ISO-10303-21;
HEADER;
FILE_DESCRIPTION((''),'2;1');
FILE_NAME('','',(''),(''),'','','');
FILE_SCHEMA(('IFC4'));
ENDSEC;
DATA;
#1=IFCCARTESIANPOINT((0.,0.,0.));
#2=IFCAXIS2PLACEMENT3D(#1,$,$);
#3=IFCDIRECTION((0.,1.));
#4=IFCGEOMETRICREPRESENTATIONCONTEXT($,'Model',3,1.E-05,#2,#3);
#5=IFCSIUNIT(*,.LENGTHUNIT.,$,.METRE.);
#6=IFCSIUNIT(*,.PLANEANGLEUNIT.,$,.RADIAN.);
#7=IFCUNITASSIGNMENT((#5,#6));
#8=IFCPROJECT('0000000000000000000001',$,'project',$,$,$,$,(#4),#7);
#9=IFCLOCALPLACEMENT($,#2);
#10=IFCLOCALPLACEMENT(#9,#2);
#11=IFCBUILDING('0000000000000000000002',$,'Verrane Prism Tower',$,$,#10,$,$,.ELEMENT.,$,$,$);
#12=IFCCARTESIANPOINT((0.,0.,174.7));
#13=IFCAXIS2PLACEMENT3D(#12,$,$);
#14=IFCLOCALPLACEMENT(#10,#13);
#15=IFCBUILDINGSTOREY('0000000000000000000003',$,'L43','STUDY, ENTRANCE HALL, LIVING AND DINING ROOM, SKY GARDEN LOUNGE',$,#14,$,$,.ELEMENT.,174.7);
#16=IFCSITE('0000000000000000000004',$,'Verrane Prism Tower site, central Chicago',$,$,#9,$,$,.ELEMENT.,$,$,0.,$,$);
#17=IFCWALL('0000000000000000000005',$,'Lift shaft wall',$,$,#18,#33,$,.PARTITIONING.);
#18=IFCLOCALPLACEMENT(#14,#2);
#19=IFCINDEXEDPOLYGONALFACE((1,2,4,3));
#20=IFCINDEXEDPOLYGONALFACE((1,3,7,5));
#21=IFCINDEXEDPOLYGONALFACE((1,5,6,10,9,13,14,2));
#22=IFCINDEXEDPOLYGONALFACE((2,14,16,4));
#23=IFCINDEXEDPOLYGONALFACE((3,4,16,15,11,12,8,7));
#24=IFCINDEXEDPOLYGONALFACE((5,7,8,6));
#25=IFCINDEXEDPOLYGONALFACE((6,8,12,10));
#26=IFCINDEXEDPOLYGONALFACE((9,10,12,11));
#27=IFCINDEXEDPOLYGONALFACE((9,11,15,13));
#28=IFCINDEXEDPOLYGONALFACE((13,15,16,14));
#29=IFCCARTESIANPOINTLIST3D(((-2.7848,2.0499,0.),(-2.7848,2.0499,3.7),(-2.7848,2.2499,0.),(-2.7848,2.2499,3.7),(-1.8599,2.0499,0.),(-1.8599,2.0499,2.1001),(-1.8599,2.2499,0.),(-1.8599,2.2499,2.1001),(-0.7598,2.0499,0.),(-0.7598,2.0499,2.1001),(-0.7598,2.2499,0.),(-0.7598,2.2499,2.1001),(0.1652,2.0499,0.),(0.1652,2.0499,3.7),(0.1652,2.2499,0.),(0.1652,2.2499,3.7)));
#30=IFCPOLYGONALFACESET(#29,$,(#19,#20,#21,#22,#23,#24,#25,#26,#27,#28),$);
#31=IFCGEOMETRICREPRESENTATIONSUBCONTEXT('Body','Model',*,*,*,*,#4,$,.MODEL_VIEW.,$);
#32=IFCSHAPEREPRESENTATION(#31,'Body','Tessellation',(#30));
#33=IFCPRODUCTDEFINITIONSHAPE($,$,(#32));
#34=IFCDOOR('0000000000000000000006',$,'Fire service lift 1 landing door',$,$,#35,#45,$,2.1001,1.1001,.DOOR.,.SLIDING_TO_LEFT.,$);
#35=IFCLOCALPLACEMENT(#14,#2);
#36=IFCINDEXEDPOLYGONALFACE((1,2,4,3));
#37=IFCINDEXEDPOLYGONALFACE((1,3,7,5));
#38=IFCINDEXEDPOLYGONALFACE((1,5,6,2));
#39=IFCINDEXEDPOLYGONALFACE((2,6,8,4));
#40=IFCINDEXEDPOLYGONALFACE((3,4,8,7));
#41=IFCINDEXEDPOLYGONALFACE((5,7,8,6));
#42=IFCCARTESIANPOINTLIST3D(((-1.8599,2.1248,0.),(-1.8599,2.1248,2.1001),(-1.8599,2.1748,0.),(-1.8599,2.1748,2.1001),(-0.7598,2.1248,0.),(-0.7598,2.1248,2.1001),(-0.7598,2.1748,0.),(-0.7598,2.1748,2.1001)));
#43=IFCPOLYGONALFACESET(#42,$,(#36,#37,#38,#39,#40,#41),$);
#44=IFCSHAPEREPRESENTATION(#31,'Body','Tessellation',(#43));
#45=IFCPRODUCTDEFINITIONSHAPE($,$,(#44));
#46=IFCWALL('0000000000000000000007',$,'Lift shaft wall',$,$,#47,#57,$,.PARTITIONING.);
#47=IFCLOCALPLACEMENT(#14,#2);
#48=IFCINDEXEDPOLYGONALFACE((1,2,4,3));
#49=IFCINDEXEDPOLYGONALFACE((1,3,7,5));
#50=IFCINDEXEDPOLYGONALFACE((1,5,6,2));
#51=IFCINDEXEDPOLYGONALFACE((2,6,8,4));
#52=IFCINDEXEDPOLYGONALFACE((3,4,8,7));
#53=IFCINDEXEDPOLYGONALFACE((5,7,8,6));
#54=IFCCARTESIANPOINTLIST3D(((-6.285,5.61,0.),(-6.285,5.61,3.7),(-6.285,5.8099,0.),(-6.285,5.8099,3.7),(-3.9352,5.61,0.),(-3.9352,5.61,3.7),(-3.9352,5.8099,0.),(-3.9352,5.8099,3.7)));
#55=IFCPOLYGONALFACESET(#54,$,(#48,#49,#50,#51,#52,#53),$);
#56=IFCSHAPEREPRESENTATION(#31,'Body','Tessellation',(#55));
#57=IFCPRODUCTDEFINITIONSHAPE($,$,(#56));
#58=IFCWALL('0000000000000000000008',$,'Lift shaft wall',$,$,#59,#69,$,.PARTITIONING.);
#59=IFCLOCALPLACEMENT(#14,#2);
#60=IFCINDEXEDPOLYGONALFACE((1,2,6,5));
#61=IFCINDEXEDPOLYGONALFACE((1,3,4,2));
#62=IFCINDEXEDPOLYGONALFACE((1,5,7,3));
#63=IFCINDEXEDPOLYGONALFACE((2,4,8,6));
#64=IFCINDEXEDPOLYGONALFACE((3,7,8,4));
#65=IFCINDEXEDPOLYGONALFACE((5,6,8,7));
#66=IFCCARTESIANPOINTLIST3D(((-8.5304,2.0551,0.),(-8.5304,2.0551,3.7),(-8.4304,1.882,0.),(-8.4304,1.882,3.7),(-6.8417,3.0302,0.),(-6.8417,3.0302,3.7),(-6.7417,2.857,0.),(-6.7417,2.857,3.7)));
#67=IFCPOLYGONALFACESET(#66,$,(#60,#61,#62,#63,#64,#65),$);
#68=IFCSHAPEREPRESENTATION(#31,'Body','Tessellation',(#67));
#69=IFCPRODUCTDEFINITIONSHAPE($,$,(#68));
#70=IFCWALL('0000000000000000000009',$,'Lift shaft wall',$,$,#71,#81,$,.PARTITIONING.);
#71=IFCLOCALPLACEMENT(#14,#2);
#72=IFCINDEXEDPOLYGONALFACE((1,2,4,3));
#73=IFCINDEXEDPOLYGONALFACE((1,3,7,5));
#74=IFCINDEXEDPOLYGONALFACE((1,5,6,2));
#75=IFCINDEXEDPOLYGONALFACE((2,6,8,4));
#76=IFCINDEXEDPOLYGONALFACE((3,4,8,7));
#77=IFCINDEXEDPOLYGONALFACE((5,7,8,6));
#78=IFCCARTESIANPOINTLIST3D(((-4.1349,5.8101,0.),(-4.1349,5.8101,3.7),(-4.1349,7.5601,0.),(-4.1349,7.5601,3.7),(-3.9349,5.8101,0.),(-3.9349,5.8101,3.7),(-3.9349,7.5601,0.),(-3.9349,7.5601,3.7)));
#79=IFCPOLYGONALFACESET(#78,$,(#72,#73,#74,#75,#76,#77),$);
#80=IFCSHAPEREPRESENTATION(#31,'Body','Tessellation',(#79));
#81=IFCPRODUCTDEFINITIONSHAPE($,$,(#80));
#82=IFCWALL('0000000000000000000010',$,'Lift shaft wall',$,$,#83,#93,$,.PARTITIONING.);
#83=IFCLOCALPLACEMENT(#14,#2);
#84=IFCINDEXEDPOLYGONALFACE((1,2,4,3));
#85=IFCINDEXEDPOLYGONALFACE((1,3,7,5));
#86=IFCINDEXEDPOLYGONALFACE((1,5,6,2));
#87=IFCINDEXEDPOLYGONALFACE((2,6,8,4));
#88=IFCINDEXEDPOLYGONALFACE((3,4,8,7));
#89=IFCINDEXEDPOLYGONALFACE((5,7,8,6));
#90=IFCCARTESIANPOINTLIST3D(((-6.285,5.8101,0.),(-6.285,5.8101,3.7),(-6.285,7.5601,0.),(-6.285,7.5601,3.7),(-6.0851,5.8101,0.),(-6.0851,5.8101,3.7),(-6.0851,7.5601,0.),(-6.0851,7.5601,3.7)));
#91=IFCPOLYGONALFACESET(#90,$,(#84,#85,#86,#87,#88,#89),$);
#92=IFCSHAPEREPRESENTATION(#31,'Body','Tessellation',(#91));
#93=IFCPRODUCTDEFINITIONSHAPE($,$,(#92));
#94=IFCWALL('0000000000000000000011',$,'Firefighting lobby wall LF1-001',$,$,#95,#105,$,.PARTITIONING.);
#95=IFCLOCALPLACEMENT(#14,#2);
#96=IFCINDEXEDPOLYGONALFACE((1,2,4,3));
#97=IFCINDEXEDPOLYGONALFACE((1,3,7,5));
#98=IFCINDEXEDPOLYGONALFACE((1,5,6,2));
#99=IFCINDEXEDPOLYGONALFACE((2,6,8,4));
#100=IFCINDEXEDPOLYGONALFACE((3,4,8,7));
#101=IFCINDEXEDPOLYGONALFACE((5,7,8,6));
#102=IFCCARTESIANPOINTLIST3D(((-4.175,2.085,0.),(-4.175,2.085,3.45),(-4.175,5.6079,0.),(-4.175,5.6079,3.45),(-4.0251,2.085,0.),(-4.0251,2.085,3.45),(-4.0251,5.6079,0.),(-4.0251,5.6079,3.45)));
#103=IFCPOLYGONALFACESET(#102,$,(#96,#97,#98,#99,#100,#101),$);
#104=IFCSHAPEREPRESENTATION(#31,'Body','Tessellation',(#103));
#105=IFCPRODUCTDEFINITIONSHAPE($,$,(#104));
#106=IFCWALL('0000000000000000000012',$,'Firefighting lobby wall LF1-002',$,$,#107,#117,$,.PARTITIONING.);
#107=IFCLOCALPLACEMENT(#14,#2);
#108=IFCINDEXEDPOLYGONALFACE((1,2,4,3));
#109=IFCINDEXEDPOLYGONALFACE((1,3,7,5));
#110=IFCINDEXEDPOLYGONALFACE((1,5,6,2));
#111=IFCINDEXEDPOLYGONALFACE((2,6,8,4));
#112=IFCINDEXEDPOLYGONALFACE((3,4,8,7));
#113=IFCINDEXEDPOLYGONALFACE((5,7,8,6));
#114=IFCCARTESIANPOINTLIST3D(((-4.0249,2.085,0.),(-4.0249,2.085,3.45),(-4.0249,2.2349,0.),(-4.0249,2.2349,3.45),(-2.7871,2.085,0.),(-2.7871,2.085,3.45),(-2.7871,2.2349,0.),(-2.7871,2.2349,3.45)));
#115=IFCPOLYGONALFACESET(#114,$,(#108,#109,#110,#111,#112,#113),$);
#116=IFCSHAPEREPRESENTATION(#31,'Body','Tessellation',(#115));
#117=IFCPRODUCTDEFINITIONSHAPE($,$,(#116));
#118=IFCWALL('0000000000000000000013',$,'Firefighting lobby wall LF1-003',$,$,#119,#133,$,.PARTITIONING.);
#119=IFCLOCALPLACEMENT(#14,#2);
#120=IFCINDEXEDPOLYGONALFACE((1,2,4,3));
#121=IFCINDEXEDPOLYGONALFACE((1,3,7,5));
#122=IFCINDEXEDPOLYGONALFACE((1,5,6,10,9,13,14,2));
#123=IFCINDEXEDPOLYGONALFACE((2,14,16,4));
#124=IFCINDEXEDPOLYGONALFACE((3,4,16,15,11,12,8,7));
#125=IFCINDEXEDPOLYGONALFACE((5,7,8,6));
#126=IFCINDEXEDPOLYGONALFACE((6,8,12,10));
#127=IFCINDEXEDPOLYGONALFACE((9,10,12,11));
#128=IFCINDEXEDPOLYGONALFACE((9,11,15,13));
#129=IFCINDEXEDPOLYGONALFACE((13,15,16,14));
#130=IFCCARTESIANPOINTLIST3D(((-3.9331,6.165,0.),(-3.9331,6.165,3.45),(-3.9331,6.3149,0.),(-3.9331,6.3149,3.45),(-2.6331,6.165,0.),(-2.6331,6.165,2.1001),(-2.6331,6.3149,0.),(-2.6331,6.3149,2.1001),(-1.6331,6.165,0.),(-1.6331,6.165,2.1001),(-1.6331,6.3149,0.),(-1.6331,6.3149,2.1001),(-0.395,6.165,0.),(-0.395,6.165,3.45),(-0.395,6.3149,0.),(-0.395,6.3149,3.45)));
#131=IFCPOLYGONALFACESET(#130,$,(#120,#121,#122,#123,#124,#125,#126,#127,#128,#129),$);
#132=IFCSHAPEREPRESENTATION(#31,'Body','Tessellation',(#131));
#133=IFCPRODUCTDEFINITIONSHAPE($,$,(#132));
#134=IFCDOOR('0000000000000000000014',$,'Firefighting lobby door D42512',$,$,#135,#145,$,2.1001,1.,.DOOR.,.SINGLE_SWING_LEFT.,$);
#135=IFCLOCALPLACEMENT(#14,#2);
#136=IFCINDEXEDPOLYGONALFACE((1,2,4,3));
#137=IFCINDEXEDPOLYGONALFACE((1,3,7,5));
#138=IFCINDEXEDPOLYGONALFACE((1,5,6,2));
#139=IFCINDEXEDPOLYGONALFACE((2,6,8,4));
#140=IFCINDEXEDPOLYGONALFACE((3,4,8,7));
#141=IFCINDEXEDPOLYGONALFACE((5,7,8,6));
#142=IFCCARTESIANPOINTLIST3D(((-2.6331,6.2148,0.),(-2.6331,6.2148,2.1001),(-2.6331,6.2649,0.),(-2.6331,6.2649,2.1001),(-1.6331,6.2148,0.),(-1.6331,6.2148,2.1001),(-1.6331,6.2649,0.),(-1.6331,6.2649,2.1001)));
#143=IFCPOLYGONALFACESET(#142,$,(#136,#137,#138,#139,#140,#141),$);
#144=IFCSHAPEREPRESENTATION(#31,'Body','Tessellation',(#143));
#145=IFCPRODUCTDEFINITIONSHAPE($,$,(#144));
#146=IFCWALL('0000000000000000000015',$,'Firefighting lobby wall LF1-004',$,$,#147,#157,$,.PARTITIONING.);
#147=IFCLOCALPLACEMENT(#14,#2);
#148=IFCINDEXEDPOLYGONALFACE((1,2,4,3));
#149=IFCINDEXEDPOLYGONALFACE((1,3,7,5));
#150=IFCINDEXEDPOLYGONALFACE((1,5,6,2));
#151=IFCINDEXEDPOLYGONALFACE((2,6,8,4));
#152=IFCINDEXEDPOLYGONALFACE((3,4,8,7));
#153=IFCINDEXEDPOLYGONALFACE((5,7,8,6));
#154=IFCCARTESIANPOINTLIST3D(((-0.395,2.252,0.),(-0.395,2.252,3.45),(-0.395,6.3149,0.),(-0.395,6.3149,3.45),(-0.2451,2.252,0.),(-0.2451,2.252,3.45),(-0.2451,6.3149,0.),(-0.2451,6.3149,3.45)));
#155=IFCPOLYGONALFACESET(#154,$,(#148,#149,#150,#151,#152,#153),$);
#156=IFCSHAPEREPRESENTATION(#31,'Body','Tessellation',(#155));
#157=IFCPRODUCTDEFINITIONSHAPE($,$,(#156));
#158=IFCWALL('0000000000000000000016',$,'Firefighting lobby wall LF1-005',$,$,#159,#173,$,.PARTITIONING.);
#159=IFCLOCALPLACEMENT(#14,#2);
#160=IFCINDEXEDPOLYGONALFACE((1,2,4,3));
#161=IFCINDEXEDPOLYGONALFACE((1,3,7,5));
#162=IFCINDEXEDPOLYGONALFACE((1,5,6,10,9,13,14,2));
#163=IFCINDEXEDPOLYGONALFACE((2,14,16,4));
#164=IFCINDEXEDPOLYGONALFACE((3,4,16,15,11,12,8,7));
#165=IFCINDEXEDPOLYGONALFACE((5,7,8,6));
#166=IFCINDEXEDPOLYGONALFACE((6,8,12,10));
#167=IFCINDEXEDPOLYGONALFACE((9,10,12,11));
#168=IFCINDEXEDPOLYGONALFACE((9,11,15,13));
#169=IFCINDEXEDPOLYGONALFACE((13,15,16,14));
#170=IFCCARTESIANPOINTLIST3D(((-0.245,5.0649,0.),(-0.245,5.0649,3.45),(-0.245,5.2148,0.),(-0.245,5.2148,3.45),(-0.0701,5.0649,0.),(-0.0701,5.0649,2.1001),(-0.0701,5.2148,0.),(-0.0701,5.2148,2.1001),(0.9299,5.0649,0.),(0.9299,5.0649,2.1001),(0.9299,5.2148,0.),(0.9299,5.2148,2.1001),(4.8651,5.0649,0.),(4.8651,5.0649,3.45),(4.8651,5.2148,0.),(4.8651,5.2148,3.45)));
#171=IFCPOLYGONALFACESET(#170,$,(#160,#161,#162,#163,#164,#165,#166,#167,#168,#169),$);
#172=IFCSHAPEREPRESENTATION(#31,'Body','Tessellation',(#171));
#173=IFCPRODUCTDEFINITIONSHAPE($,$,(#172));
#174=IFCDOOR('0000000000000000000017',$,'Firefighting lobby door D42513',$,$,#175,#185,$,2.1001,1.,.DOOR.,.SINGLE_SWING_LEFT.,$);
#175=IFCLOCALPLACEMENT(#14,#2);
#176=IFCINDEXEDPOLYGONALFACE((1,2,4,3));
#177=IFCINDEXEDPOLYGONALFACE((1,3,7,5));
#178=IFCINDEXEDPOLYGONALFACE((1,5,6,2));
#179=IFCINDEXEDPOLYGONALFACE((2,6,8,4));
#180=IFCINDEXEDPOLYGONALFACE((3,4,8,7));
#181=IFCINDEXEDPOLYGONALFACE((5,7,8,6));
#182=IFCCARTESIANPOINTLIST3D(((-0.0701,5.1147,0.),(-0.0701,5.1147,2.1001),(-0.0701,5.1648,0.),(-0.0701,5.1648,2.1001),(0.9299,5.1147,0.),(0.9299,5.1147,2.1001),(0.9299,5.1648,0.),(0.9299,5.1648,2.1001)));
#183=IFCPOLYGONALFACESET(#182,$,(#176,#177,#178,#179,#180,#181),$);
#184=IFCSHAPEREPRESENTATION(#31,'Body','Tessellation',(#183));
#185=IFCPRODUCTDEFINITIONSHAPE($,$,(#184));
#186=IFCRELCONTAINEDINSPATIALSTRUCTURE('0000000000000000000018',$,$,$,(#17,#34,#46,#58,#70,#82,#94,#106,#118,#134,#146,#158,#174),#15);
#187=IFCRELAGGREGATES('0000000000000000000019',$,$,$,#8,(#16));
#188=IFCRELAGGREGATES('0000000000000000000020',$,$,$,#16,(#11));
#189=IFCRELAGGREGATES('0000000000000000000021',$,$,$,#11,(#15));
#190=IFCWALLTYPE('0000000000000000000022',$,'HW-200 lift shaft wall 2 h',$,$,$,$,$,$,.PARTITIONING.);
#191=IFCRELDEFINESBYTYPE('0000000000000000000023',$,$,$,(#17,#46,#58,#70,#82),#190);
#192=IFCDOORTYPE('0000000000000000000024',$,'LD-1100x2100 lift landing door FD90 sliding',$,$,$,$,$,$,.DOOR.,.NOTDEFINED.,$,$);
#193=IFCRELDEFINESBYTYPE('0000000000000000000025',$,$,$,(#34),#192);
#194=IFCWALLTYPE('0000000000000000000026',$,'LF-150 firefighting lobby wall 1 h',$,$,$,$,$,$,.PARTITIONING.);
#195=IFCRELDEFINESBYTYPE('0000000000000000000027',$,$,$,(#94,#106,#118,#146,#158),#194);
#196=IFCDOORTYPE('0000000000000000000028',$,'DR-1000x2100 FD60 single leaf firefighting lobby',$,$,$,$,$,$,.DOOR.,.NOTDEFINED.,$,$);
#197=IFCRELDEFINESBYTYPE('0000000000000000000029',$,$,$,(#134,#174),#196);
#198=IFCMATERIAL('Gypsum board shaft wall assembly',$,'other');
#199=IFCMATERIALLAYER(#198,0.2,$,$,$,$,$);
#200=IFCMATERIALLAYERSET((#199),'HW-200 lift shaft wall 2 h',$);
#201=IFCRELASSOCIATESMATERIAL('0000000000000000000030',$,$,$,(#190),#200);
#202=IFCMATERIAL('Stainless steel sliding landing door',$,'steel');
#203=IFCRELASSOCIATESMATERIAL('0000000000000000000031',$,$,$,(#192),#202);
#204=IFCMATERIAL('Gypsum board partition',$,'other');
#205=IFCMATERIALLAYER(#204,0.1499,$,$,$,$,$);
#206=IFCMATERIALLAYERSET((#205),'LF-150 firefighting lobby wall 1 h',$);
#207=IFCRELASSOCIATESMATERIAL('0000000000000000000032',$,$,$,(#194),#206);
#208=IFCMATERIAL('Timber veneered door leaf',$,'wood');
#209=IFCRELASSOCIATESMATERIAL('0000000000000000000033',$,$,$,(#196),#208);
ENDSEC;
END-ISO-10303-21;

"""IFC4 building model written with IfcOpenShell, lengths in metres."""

from ifc_helpers import new_model, si_unit, direction, frame, frame_2d, origin, place, context, subcontext, project, spatial, rectangle, extrude, material, layer, layer_set, type_object, element, fill, save


model = new_model("IFC4")

# Units and contexts
model_context = context("Model", 3, precision=1e-05, world=origin(), true_north=direction((0.0, 1.0)))
body_context = subcontext(model_context, "Body", "Model", "MODEL_VIEW")
ifc_project = project(units=[si_unit("LENGTHUNIT", "METRE"), si_unit("PLANEANGLEUNIT", "RADIAN")], contexts=[model_context])

# Site, building, storey
site_placement = place(None, origin())
site = spatial("IfcSite", under=ifc_project, at=site_placement, Name="Verrane Prism Tower site, central Chicago", CompositionType="ELEMENT", RefElevation=0.0)
building_placement = place(site_placement, origin())
building = spatial("IfcBuilding", under=site, at=building_placement, Name="Verrane Prism Tower", CompositionType="ELEMENT")
storey_placement = place(building_placement, frame((0.0, 0.0, 174.7)))
storey = spatial("IfcBuildingStorey", under=building, at=storey_placement, Name="L43", Description="STUDY, ENTRANCE HALL, LIVING AND DINING ROOM, SKY GARDEN LOUNGE", CompositionType="ELEMENT", Elevation=174.7)

# Wall, opening, door
ifc_material_1 = material(Name="Gypsum board shaft wall assembly", Category="other")
ifc_layer_1 = layer(ifc_material_1, 0.2)
ifc_layer_set_1 = layer_set([ifc_layer_1], Name="HW-200 lift shaft wall 2 h")
wall_type_1 = type_object("IfcWallType", Name="HW-200 lift shaft wall 2 h", PredefinedType="PARTITIONING", material=ifc_layer_set_1)
wall_1_placement = place(storey_placement, frame((-2.7849, 2.1499, 0.0), z_axis=(0.0, 0.0, 1.0), x_axis=(1.0, 0.0, 0.0)))
wall_1 = element("IfcWall", 1, at=wall_1_placement, inside=storey, type_object=wall_type_1, Name="Lift shaft wall", PredefinedType="PARTITIONING", context=body_context, shape_type="SweptSolid", body=[
    extrude(rectangle(XDim=2.95, YDim=0.2, at=frame_2d((1.4751, 0.0))), origin(), (0.0, 0.0, 1.0), 3.7),
])
opening_1_placement = place(wall_1_placement, frame((0.925, 0.0, 0.0)))
opening_1 = element("IfcOpeningElement", 2, at=opening_1_placement, cuts=wall_1, PredefinedType="OPENING", context=body_context, shape_type="SweptSolid", body=[
    extrude(rectangle(XDim=1.1001, YDim=2.1001, at=frame_2d((0.55, 1.05))), frame((0.0, 0.1099, 0.0), z_axis=(0.0, -1.0, 0.0), x_axis=(1.0, 0.0, 0.0)), (0.0, 0.0, 1.0), 0.22),
])
ifc_material_2 = material(Name="Stainless steel sliding landing door", Category="steel")
door_type_1 = type_object("IfcDoorType", Name="LD-1100x2100 lift landing door FD90 sliding", OperationType="NOTDEFINED", PredefinedType="DOOR", material=ifc_material_2)
door_1_placement = place(opening_1_placement, origin())
door_1 = element("IfcDoor", 3, at=door_1_placement, inside=storey, type_object=door_type_1, Name="Fire service lift 1 landing door", OperationType="SLIDING_TO_LEFT", OverallHeight=2.1001, OverallWidth=1.1001, PredefinedType="DOOR", context=body_context, shape_type="SweptSolid", body=[
    extrude(rectangle(XDim=1.1001, YDim=2.1001, at=frame_2d((0.55, 1.05))), frame((0.0, 0.0249, 0.0), z_axis=(0.0, -1.0, 0.0), x_axis=(1.0, 0.0, 0.0)), (0.0, 0.0, 1.0), 0.05),
])
fill(opening_1, door_1)

# Walls
wall_2_placement = place(storey_placement, frame((-6.2849, 5.71, 0.0), z_axis=(0.0, 0.0, 1.0), x_axis=(1.0, 0.0, 0.0)))
element("IfcWall", 4, at=wall_2_placement, inside=storey, type_object=wall_type_1, Name="Lift shaft wall", PredefinedType="PARTITIONING", context=body_context, shape_type="SweptSolid", body=[
    extrude(rectangle(XDim=2.3499, YDim=0.2, at=frame_2d((1.1748, 0.0))), origin(), (0.0, 0.0, 1.0), 3.7),
])
wall_3_placement = place(storey_placement, frame((-8.4805, 1.9685, 0.0), z_axis=(0.0, 0.0, 1.0), x_axis=(0.866, 0.500044, 0.0)))
element("IfcWall", 5, at=wall_3_placement, inside=storey, type_object=wall_type_1, Name="Lift shaft wall", PredefinedType="PARTITIONING", context=body_context, shape_type="SweptSolid", body=[
    extrude(rectangle(XDim=1.95, YDim=0.2, at=frame_2d((0.9751, 0.0))), origin(), (0.0, 0.0, 1.0), 3.7),
])
for number, where, z_axis, x_axis, name in (
    (6, (-4.0349, 5.8101, 0.0), (0.0, 0.0, 1.0), (0.0, 1.0, 0.0), "Lift shaft wall"),
    (7, (-6.1851, 5.8101, 0.0), (0.0, 0.0, 1.0), (0.0, 1.0, 0.0), "Lift shaft wall"),
):
    element("IfcWall", number, at=place(storey_placement, frame(where, z_axis=z_axis, x_axis=x_axis)), inside=storey, type_object=wall_type_1, Name=name, PredefinedType="PARTITIONING", context=body_context, shape_type="SweptSolid", body=[
        extrude(rectangle(XDim=1.75, YDim=0.2, at=frame_2d((0.875, 0.0))), origin(), (0.0, 0.0, 1.0), 3.7),
    ])
ifc_material_3 = material(Name="Gypsum board partition", Category="other")
ifc_layer_2 = layer(ifc_material_3, 0.1499)
ifc_layer_set_2 = layer_set([ifc_layer_2], Name="LF-150 firefighting lobby wall 1 h")
wall_type_2 = type_object("IfcWallType", Name="LF-150 firefighting lobby wall 1 h", PredefinedType="PARTITIONING", material=ifc_layer_set_2)
wall_4_placement = place(storey_placement, frame((-4.1001, 2.085, 0.0), z_axis=(0.0, 0.0, 1.0), x_axis=(0.0, 1.0, 0.0)))
element("IfcWall", 8, at=wall_4_placement, inside=storey, type_object=wall_type_2, Name="Firefighting lobby wall LF1-001", PredefinedType="PARTITIONING", context=body_context, shape_type="SweptSolid", body=[
    extrude(rectangle(XDim=3.5229, YDim=0.1499, at=frame_2d((1.7615, 0.0))), origin(), (0.0, 0.0, 1.0), 3.45),
])
wall_5_placement = place(storey_placement, frame((-4.0249, 2.1599, 0.0), z_axis=(0.0, 0.0, 1.0), x_axis=(1.0, 0.0, 0.0)))
element("IfcWall", 9, at=wall_5_placement, inside=storey, type_object=wall_type_2, Name="Firefighting lobby wall LF1-002", PredefinedType="PARTITIONING", context=body_context, shape_type="SweptSolid", body=[
    extrude(rectangle(XDim=1.2378, YDim=0.1499, at=frame_2d((0.6189, 0.0))), origin(), (0.0, 0.0, 1.0), 3.45),
])

# Wall, opening, door
wall_6_placement = place(storey_placement, frame((-3.9331, 6.24, 0.0), z_axis=(0.0, 0.0, 1.0), x_axis=(1.0, 0.0, 0.0)))
wall_6 = element("IfcWall", 10, at=wall_6_placement, inside=storey, type_object=wall_type_2, Name="Firefighting lobby wall LF1-003", PredefinedType="PARTITIONING", context=body_context, shape_type="SweptSolid", body=[
    extrude(rectangle(XDim=3.5381, YDim=0.1499, at=frame_2d((1.769, 0.0))), origin(), (0.0, 0.0, 1.0), 3.45),
])
opening_2_placement = place(wall_6_placement, frame((1.3, 0.0, 0.0)))
opening_2 = element("IfcOpeningElement", 11, at=opening_2_placement, cuts=wall_6, PredefinedType="OPENING", context=body_context, shape_type="SweptSolid", body=[
    extrude(rectangle(XDim=1.0, YDim=2.1001, at=frame_2d((0.5, 1.05))), frame((0.0, 0.085, 0.0), z_axis=(0.0, -1.0, 0.0), x_axis=(1.0, 0.0, 0.0)), (0.0, 0.0, 1.0), 0.1699),
])
ifc_material_4 = material(Name="Timber veneered door leaf", Category="wood")
door_type_2 = type_object("IfcDoorType", Name="DR-1000x2100 FD60 single leaf firefighting lobby", OperationType="NOTDEFINED", PredefinedType="DOOR", material=ifc_material_4)
door_2_placement = place(opening_2_placement, origin())
door_2 = element("IfcDoor", 12, at=door_2_placement, inside=storey, type_object=door_type_2, Name="Firefighting lobby door D42512", OperationType="SINGLE_SWING_LEFT", OverallHeight=2.1001, OverallWidth=1.0, PredefinedType="DOOR", context=body_context, shape_type="SweptSolid", body=[
    extrude(rectangle(XDim=1.0, YDim=2.1001, at=frame_2d((0.5, 1.05))), frame((0.0, 0.0249, 0.0), z_axis=(0.0, -1.0, 0.0), x_axis=(1.0, 0.0, 0.0)), (0.0, 0.0, 1.0), 0.05),
])
fill(opening_2, door_2)

# Wall
wall_7_placement = place(storey_placement, frame((-0.3201, 2.252, 0.0), z_axis=(0.0, 0.0, 1.0), x_axis=(0.0, 1.0, 0.0)))
element("IfcWall", 13, at=wall_7_placement, inside=storey, type_object=wall_type_2, Name="Firefighting lobby wall LF1-004", PredefinedType="PARTITIONING", context=body_context, shape_type="SweptSolid", body=[
    extrude(rectangle(XDim=4.063, YDim=0.1499, at=frame_2d((2.0315, 0.0))), origin(), (0.0, 0.0, 1.0), 3.45),
])

# Wall, opening, door
wall_8_placement = place(storey_placement, frame((-0.2451, 5.1399, 0.0), z_axis=(0.0, 0.0, 1.0), x_axis=(1.0, 0.0, 0.0)))
wall_8 = element("IfcWall", 14, at=wall_8_placement, inside=storey, type_object=wall_type_2, Name="Firefighting lobby wall LF1-005", PredefinedType="PARTITIONING", context=body_context, shape_type="SweptSolid", body=[
    extrude(rectangle(XDim=5.1101, YDim=0.1499, at=frame_2d((2.5552, 0.0))), origin(), (0.0, 0.0, 1.0), 3.45),
])
opening_3_placement = place(wall_8_placement, frame((0.175, 0.0, 0.0)))
opening_3 = element("IfcOpeningElement", 15, at=opening_3_placement, cuts=wall_8, PredefinedType="OPENING", context=body_context, shape_type="SweptSolid", body=[
    extrude(rectangle(XDim=1.0, YDim=2.1001, at=frame_2d((0.5, 1.05))), frame((0.0, 0.085, 0.0), z_axis=(0.0, -1.0, 0.0), x_axis=(1.0, 0.0, 0.0)), (0.0, 0.0, 1.0), 0.1699),
])
door_3_placement = place(opening_3_placement, origin())
door_3 = element("IfcDoor", 16, at=door_3_placement, inside=storey, type_object=door_type_2, Name="Firefighting lobby door D42513", OperationType="SINGLE_SWING_LEFT", OverallHeight=2.1001, OverallWidth=1.0, PredefinedType="DOOR", context=body_context, shape_type="SweptSolid", body=[
    extrude(rectangle(XDim=1.0, YDim=2.1001, at=frame_2d((0.5, 1.05))), frame((0.0, 0.0249, 0.0), z_axis=(0.0, -1.0, 0.0), x_axis=(1.0, 0.0, 0.0)), (0.0, 0.0, 1.0), 0.05),
])
fill(opening_3, door_3)

save(model, "model.ifc")
